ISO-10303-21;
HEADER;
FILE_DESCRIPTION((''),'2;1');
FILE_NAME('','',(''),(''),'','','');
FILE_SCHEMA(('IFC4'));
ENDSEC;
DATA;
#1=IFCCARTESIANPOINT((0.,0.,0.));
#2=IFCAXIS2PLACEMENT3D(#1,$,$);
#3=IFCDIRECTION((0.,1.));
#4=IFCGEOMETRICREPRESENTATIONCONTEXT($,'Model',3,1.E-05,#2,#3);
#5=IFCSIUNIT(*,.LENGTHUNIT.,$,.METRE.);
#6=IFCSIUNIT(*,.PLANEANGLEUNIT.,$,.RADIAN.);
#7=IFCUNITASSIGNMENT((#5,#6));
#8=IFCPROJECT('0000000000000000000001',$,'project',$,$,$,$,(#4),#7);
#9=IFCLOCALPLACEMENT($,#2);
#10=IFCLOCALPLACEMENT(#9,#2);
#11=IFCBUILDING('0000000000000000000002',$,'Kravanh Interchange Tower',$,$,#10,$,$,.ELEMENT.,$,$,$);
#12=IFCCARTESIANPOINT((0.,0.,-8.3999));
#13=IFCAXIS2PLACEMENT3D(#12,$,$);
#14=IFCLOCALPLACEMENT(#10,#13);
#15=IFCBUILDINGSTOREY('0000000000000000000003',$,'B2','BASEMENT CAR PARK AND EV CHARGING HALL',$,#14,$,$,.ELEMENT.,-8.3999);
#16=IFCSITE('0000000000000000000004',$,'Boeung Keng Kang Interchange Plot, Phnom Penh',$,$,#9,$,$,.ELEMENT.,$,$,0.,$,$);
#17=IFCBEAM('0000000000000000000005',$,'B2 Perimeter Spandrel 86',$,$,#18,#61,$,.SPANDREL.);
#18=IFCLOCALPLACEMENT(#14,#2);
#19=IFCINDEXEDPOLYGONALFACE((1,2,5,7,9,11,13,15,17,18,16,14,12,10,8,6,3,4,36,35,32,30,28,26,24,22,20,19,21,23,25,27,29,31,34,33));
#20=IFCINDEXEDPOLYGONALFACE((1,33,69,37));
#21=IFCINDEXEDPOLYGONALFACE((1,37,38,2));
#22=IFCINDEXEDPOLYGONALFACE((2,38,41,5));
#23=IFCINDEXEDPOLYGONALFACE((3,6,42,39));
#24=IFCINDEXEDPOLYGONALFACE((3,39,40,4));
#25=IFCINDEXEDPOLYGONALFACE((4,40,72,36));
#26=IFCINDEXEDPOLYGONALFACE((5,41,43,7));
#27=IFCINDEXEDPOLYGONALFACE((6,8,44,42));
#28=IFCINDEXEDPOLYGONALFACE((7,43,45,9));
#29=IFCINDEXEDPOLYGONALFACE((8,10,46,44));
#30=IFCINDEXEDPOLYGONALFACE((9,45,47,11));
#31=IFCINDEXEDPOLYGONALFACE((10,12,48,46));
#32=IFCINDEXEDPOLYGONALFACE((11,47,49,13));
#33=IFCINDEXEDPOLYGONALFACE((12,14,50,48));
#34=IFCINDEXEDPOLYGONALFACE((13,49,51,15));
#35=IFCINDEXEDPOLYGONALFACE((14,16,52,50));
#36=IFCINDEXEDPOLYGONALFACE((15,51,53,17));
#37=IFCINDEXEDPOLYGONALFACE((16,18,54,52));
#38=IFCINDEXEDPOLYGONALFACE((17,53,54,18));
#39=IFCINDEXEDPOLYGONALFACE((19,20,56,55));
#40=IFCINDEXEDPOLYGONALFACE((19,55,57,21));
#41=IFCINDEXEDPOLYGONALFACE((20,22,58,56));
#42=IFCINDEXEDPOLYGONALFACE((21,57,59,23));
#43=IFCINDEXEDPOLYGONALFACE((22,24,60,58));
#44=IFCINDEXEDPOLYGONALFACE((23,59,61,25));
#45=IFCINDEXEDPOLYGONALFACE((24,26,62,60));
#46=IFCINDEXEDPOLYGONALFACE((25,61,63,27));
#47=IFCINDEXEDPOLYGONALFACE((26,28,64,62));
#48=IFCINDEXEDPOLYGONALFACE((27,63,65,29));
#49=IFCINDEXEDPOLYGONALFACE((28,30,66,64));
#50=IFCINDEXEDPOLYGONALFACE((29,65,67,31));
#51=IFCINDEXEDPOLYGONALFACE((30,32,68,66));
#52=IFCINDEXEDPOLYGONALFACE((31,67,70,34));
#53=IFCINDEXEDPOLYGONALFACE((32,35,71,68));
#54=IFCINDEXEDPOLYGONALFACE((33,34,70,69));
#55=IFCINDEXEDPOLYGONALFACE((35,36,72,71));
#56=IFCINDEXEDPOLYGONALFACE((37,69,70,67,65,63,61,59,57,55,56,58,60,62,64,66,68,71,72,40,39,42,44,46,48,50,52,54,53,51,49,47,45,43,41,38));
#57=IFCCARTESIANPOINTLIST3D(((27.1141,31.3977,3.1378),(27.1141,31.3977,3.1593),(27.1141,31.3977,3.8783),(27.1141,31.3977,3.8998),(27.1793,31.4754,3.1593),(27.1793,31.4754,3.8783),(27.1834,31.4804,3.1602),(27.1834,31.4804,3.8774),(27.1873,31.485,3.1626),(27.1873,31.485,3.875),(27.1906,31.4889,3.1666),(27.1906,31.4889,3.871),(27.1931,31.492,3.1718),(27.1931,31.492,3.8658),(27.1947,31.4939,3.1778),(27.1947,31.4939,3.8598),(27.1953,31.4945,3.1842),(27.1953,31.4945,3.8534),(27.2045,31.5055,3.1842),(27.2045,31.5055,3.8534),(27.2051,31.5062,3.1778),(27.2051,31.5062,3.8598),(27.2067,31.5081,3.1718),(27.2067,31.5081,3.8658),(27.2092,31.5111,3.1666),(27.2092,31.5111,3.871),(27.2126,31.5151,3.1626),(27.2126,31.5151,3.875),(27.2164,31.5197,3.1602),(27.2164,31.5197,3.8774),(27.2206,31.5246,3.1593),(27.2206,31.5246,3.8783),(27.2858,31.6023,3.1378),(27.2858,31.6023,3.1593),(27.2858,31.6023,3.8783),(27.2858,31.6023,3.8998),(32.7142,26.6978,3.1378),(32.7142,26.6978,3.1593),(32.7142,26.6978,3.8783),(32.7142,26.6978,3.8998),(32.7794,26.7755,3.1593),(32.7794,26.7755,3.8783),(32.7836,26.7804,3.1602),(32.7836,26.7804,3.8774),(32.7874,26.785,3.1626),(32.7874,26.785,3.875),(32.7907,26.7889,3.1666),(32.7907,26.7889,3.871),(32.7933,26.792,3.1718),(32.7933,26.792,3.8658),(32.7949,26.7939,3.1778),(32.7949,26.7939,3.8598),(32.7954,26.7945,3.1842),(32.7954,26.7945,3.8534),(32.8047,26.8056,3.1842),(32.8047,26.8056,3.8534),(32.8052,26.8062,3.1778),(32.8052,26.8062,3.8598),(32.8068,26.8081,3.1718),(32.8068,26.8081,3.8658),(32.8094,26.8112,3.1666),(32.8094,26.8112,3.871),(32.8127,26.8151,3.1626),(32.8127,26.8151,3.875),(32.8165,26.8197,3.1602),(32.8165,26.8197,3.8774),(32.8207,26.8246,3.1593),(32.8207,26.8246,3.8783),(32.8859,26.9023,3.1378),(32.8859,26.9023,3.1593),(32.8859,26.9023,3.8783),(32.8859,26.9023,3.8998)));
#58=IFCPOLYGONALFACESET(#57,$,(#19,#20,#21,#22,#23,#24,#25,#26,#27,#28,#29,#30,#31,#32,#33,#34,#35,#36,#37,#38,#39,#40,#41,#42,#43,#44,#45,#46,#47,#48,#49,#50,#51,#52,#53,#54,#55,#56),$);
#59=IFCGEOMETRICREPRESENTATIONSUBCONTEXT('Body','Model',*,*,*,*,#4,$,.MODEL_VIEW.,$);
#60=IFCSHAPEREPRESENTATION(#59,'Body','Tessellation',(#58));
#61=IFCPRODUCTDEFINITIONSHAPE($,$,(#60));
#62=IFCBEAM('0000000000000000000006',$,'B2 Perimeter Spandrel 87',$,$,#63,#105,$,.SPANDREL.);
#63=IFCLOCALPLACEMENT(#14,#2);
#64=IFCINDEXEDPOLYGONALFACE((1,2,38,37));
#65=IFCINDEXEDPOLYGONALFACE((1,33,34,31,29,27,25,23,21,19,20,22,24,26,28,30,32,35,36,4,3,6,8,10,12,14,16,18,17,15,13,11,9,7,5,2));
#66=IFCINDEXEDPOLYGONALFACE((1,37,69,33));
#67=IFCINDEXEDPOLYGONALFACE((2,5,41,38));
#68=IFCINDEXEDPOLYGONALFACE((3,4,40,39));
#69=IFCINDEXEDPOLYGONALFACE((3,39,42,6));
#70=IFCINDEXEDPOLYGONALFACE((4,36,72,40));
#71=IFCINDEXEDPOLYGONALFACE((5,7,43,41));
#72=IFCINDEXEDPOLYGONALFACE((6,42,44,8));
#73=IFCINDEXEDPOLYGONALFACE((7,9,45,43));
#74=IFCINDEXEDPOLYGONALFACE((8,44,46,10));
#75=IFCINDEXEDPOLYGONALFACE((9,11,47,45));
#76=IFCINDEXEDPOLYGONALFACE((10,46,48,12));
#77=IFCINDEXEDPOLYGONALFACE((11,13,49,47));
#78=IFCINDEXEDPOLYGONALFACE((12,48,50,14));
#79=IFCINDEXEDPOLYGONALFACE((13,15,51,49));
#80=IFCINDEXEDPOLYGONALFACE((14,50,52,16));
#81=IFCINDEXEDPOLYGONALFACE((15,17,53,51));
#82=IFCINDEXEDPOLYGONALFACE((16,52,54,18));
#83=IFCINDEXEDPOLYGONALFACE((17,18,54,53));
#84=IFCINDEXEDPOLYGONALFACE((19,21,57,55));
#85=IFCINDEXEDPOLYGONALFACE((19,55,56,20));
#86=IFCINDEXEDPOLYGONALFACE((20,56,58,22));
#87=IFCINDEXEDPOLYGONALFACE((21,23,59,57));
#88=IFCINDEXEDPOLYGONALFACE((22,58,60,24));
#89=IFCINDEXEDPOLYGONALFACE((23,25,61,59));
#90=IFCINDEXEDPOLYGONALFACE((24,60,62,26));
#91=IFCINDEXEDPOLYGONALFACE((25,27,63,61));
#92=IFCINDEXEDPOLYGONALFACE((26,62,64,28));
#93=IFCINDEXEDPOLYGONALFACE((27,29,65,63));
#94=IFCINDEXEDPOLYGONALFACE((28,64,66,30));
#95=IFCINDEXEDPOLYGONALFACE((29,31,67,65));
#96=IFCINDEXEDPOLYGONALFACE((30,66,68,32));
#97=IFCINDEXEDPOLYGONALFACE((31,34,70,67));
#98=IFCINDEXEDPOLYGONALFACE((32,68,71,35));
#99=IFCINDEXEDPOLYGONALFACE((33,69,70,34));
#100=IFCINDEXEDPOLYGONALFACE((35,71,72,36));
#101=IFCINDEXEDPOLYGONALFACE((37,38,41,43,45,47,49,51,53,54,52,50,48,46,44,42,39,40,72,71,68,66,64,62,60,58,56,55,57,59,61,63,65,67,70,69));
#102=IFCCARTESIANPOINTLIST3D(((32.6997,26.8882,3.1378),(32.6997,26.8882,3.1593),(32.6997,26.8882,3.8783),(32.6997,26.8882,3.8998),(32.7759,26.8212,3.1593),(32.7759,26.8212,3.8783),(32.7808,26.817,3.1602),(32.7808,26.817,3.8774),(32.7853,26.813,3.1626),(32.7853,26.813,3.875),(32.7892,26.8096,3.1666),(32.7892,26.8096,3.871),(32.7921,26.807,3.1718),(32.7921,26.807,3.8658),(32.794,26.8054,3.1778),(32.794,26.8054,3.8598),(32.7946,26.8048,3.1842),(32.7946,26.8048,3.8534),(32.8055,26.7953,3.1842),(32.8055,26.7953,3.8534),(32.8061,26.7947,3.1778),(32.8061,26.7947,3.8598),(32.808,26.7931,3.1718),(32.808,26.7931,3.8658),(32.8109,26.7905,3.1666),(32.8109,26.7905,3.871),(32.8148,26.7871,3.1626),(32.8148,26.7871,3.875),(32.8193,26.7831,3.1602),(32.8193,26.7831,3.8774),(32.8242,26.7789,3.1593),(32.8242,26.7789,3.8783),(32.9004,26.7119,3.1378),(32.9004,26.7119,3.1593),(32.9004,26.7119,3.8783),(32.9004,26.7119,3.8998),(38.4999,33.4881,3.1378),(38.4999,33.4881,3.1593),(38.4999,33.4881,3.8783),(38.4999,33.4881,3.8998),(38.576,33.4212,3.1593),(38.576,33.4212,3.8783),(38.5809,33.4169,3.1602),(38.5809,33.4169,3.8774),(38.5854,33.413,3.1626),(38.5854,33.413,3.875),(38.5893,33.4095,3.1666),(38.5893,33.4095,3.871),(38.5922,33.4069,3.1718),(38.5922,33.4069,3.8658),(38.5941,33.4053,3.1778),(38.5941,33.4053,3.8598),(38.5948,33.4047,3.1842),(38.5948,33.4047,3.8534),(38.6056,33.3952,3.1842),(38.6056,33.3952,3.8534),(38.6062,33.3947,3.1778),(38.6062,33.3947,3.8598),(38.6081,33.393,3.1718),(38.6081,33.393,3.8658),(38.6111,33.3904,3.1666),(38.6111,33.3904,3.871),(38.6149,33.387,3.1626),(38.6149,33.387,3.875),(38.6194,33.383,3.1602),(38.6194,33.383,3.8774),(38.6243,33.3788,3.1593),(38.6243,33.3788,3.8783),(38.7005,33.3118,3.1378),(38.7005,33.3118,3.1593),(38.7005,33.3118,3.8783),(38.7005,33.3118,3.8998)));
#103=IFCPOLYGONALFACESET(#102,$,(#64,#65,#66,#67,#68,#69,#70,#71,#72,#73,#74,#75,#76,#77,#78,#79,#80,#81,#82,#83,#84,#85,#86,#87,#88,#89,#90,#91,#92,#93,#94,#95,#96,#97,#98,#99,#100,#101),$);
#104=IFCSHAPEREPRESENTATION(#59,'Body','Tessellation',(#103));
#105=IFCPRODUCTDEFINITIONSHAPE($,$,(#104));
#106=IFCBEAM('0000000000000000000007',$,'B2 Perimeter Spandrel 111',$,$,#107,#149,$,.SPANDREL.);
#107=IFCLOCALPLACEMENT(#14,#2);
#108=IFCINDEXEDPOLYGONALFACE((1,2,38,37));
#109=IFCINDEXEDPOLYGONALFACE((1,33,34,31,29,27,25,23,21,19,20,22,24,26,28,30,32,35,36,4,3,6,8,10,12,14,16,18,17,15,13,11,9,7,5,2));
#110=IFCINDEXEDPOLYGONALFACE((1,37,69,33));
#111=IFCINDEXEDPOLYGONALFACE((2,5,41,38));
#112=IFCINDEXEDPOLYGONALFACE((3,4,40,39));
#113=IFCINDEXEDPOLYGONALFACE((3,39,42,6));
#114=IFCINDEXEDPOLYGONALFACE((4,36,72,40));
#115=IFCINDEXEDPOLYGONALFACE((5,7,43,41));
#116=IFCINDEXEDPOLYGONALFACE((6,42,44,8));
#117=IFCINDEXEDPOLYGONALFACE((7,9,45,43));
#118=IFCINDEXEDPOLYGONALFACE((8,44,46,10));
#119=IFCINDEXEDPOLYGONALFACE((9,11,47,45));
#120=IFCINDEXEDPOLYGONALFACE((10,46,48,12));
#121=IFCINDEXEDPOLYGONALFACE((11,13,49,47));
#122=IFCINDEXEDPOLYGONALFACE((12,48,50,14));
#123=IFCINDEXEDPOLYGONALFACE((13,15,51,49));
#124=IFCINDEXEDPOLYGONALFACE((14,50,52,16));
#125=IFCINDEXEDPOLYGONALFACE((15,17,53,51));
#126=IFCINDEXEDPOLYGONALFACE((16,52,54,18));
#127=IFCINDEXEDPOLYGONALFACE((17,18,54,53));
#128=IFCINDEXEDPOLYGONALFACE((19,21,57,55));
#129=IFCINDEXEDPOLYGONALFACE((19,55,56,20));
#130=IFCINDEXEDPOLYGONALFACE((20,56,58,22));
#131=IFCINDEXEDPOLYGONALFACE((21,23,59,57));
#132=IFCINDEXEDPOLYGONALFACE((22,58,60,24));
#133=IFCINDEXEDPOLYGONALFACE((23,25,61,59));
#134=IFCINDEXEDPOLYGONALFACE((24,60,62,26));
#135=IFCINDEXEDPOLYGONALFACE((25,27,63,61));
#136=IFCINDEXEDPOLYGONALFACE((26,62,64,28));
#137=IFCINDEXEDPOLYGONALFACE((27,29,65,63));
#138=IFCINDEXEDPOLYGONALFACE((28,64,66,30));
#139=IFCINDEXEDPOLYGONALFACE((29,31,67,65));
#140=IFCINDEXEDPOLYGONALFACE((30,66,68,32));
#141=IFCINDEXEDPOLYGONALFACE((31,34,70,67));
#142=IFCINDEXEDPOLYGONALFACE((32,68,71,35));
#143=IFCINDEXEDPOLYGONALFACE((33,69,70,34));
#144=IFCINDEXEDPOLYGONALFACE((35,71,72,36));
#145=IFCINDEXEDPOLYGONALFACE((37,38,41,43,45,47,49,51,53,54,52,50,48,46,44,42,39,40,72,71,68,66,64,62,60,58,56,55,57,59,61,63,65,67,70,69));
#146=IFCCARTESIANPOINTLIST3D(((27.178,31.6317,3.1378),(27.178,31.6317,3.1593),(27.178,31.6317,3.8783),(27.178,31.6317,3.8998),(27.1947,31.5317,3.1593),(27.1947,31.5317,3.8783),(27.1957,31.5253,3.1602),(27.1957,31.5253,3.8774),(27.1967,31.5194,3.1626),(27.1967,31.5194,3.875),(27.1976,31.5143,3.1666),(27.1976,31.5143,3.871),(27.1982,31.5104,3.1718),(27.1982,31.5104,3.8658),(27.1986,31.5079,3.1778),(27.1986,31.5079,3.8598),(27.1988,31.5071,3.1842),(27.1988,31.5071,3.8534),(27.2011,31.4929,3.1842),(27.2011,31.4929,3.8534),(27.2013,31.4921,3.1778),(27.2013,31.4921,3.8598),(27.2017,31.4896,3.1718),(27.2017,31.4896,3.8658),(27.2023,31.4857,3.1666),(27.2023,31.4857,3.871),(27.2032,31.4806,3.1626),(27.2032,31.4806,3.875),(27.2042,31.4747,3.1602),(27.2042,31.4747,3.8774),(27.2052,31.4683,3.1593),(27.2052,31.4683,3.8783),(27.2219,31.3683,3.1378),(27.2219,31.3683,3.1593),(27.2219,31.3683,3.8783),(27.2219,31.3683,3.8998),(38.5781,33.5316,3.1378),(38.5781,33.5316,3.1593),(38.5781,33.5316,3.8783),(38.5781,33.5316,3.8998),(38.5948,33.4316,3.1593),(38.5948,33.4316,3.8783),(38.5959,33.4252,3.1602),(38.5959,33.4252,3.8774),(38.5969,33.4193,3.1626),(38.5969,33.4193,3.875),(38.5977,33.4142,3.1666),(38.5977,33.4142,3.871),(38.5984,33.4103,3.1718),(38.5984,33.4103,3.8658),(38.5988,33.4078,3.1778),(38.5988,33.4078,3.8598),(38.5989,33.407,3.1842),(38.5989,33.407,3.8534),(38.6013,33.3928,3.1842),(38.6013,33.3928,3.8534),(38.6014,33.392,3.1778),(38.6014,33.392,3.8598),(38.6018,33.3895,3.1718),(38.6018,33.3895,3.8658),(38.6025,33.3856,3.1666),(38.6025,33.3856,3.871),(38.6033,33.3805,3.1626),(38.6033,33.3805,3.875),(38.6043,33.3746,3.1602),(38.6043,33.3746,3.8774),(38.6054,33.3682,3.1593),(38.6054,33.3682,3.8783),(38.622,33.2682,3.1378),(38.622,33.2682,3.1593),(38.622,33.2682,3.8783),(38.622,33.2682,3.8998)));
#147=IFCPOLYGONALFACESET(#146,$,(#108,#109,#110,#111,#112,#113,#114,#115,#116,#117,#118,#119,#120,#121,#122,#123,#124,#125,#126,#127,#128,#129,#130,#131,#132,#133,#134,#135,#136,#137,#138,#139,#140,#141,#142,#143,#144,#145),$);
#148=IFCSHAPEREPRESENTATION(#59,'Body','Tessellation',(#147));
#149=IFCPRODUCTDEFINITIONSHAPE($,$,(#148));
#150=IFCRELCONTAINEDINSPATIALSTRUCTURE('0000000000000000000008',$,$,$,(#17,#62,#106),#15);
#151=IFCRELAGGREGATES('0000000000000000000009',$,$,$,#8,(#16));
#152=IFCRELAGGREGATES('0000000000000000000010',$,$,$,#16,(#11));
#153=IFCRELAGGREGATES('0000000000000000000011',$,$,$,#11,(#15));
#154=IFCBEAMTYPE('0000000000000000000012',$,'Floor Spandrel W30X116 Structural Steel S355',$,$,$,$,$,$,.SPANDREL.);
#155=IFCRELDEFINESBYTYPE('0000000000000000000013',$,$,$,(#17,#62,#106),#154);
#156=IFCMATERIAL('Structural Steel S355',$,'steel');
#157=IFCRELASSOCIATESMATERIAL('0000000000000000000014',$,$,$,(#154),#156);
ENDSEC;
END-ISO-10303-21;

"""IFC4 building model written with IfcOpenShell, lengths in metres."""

from ifc_helpers import new_model, si_unit, direction, frame, origin, origin_2d, place, context, subcontext, project, spatial, i_section, extrude, material, material_profile, profile_set, type_object, element, save


model = new_model("IFC4")

# Units and contexts
model_context = context("Model", 3, precision=1e-05, world=origin(), true_north=direction((0.0, 1.0)))
body_context = subcontext(model_context, "Body", "Model", "MODEL_VIEW")
ifc_project = project(units=[si_unit("LENGTHUNIT", "METRE"), si_unit("PLANEANGLEUNIT", "RADIAN")], contexts=[model_context])

# Site, building, storey
site_placement = place(None, origin())
site = spatial("IfcSite", under=ifc_project, at=site_placement, Name="Boeung Keng Kang Interchange Plot, Phnom Penh", CompositionType="ELEMENT", RefElevation=0.0)
building_placement = place(site_placement, origin())
building = spatial("IfcBuilding", under=site, at=building_placement, Name="Kravanh Interchange Tower", CompositionType="ELEMENT")
storey_placement = place(building_placement, frame((0.0, 0.0, -8.3999)))
storey = spatial("IfcBuildingStorey", under=building, at=storey_placement, Name="B2", Description="BASEMENT CAR PARK AND EV CHARGING HALL", CompositionType="ELEMENT", Elevation=-8.3999)

# Beams
ifc_material_1 = material(Name="Structural Steel S355", Category="steel")
ifc_material_profile_1 = material_profile(ifc_material_1, i_section(OverallWidth=0.2671, OverallDepth=0.762, WebThickness=0.0144, FlangeThickness=0.0215, FilletRadius=0.0249, at=origin_2d()), Name="W30X116")
ifc_profile_set_1 = profile_set([ifc_material_profile_1], Name="Structural Steel S355")
beam_type_1 = type_object("IfcBeamType", Name="Floor Spandrel W30X116 Structural Steel S355", PredefinedType="SPANDREL", material=ifc_profile_set_1)
beam_1_placement = place(storey_placement, frame((32.8, 26.8, 3.5188), z_axis=(-0.765983, 0.642861, 0.0), x_axis=(-0.642861, -0.765983, 0.0)))
element("IfcBeam", 1, at=beam_1_placement, inside=storey, type_object=beam_type_1, Name="B2 Perimeter Spandrel 86", PredefinedType="SPANDREL", context=body_context, shape_type="SweptSolid", body=[
    extrude(i_section(OverallWidth=0.2671, OverallDepth=0.762, WebThickness=0.0144, FlangeThickness=0.0215, FilletRadius=0.0249, at=origin_2d()), origin(), (0.0, 0.0, 1.0), 7.311),
])
beam_2_placement = place(storey_placement, frame((32.8, 26.8, 3.5188), z_axis=(0.660126, 0.751155, 0.0), x_axis=(-0.751155, 0.660126, 0.0)))
element("IfcBeam", 2, at=beam_2_placement, inside=storey, type_object=beam_type_1, Name="B2 Perimeter Spandrel 87", PredefinedType="SPANDREL", context=body_context, shape_type="SweptSolid", body=[
    extrude(i_section(OverallWidth=0.2671, OverallDepth=0.762, WebThickness=0.0144, FlangeThickness=0.0215, FilletRadius=0.0249, at=origin_2d()), origin(), (0.0, 0.0, 1.0), 8.7864),
])
beam_3_placement = place(storey_placement, frame((27.2, 31.5, 3.5188), z_axis=(0.986396, 0.164389, 0.0), x_axis=(-0.164389, 0.986396, 0.0)))
element("IfcBeam", 3, at=beam_3_placement, inside=storey, type_object=beam_type_1, Name="B2 Perimeter Spandrel 111", PredefinedType="SPANDREL", context=body_context, shape_type="SweptSolid", body=[
    extrude(i_section(OverallWidth=0.2671, OverallDepth=0.762, WebThickness=0.0144, FlangeThickness=0.0215, FilletRadius=0.0249, at=origin_2d()), origin(), (0.0, 0.0, 1.0), 11.5574),
])

save(model, "model.ifc")
